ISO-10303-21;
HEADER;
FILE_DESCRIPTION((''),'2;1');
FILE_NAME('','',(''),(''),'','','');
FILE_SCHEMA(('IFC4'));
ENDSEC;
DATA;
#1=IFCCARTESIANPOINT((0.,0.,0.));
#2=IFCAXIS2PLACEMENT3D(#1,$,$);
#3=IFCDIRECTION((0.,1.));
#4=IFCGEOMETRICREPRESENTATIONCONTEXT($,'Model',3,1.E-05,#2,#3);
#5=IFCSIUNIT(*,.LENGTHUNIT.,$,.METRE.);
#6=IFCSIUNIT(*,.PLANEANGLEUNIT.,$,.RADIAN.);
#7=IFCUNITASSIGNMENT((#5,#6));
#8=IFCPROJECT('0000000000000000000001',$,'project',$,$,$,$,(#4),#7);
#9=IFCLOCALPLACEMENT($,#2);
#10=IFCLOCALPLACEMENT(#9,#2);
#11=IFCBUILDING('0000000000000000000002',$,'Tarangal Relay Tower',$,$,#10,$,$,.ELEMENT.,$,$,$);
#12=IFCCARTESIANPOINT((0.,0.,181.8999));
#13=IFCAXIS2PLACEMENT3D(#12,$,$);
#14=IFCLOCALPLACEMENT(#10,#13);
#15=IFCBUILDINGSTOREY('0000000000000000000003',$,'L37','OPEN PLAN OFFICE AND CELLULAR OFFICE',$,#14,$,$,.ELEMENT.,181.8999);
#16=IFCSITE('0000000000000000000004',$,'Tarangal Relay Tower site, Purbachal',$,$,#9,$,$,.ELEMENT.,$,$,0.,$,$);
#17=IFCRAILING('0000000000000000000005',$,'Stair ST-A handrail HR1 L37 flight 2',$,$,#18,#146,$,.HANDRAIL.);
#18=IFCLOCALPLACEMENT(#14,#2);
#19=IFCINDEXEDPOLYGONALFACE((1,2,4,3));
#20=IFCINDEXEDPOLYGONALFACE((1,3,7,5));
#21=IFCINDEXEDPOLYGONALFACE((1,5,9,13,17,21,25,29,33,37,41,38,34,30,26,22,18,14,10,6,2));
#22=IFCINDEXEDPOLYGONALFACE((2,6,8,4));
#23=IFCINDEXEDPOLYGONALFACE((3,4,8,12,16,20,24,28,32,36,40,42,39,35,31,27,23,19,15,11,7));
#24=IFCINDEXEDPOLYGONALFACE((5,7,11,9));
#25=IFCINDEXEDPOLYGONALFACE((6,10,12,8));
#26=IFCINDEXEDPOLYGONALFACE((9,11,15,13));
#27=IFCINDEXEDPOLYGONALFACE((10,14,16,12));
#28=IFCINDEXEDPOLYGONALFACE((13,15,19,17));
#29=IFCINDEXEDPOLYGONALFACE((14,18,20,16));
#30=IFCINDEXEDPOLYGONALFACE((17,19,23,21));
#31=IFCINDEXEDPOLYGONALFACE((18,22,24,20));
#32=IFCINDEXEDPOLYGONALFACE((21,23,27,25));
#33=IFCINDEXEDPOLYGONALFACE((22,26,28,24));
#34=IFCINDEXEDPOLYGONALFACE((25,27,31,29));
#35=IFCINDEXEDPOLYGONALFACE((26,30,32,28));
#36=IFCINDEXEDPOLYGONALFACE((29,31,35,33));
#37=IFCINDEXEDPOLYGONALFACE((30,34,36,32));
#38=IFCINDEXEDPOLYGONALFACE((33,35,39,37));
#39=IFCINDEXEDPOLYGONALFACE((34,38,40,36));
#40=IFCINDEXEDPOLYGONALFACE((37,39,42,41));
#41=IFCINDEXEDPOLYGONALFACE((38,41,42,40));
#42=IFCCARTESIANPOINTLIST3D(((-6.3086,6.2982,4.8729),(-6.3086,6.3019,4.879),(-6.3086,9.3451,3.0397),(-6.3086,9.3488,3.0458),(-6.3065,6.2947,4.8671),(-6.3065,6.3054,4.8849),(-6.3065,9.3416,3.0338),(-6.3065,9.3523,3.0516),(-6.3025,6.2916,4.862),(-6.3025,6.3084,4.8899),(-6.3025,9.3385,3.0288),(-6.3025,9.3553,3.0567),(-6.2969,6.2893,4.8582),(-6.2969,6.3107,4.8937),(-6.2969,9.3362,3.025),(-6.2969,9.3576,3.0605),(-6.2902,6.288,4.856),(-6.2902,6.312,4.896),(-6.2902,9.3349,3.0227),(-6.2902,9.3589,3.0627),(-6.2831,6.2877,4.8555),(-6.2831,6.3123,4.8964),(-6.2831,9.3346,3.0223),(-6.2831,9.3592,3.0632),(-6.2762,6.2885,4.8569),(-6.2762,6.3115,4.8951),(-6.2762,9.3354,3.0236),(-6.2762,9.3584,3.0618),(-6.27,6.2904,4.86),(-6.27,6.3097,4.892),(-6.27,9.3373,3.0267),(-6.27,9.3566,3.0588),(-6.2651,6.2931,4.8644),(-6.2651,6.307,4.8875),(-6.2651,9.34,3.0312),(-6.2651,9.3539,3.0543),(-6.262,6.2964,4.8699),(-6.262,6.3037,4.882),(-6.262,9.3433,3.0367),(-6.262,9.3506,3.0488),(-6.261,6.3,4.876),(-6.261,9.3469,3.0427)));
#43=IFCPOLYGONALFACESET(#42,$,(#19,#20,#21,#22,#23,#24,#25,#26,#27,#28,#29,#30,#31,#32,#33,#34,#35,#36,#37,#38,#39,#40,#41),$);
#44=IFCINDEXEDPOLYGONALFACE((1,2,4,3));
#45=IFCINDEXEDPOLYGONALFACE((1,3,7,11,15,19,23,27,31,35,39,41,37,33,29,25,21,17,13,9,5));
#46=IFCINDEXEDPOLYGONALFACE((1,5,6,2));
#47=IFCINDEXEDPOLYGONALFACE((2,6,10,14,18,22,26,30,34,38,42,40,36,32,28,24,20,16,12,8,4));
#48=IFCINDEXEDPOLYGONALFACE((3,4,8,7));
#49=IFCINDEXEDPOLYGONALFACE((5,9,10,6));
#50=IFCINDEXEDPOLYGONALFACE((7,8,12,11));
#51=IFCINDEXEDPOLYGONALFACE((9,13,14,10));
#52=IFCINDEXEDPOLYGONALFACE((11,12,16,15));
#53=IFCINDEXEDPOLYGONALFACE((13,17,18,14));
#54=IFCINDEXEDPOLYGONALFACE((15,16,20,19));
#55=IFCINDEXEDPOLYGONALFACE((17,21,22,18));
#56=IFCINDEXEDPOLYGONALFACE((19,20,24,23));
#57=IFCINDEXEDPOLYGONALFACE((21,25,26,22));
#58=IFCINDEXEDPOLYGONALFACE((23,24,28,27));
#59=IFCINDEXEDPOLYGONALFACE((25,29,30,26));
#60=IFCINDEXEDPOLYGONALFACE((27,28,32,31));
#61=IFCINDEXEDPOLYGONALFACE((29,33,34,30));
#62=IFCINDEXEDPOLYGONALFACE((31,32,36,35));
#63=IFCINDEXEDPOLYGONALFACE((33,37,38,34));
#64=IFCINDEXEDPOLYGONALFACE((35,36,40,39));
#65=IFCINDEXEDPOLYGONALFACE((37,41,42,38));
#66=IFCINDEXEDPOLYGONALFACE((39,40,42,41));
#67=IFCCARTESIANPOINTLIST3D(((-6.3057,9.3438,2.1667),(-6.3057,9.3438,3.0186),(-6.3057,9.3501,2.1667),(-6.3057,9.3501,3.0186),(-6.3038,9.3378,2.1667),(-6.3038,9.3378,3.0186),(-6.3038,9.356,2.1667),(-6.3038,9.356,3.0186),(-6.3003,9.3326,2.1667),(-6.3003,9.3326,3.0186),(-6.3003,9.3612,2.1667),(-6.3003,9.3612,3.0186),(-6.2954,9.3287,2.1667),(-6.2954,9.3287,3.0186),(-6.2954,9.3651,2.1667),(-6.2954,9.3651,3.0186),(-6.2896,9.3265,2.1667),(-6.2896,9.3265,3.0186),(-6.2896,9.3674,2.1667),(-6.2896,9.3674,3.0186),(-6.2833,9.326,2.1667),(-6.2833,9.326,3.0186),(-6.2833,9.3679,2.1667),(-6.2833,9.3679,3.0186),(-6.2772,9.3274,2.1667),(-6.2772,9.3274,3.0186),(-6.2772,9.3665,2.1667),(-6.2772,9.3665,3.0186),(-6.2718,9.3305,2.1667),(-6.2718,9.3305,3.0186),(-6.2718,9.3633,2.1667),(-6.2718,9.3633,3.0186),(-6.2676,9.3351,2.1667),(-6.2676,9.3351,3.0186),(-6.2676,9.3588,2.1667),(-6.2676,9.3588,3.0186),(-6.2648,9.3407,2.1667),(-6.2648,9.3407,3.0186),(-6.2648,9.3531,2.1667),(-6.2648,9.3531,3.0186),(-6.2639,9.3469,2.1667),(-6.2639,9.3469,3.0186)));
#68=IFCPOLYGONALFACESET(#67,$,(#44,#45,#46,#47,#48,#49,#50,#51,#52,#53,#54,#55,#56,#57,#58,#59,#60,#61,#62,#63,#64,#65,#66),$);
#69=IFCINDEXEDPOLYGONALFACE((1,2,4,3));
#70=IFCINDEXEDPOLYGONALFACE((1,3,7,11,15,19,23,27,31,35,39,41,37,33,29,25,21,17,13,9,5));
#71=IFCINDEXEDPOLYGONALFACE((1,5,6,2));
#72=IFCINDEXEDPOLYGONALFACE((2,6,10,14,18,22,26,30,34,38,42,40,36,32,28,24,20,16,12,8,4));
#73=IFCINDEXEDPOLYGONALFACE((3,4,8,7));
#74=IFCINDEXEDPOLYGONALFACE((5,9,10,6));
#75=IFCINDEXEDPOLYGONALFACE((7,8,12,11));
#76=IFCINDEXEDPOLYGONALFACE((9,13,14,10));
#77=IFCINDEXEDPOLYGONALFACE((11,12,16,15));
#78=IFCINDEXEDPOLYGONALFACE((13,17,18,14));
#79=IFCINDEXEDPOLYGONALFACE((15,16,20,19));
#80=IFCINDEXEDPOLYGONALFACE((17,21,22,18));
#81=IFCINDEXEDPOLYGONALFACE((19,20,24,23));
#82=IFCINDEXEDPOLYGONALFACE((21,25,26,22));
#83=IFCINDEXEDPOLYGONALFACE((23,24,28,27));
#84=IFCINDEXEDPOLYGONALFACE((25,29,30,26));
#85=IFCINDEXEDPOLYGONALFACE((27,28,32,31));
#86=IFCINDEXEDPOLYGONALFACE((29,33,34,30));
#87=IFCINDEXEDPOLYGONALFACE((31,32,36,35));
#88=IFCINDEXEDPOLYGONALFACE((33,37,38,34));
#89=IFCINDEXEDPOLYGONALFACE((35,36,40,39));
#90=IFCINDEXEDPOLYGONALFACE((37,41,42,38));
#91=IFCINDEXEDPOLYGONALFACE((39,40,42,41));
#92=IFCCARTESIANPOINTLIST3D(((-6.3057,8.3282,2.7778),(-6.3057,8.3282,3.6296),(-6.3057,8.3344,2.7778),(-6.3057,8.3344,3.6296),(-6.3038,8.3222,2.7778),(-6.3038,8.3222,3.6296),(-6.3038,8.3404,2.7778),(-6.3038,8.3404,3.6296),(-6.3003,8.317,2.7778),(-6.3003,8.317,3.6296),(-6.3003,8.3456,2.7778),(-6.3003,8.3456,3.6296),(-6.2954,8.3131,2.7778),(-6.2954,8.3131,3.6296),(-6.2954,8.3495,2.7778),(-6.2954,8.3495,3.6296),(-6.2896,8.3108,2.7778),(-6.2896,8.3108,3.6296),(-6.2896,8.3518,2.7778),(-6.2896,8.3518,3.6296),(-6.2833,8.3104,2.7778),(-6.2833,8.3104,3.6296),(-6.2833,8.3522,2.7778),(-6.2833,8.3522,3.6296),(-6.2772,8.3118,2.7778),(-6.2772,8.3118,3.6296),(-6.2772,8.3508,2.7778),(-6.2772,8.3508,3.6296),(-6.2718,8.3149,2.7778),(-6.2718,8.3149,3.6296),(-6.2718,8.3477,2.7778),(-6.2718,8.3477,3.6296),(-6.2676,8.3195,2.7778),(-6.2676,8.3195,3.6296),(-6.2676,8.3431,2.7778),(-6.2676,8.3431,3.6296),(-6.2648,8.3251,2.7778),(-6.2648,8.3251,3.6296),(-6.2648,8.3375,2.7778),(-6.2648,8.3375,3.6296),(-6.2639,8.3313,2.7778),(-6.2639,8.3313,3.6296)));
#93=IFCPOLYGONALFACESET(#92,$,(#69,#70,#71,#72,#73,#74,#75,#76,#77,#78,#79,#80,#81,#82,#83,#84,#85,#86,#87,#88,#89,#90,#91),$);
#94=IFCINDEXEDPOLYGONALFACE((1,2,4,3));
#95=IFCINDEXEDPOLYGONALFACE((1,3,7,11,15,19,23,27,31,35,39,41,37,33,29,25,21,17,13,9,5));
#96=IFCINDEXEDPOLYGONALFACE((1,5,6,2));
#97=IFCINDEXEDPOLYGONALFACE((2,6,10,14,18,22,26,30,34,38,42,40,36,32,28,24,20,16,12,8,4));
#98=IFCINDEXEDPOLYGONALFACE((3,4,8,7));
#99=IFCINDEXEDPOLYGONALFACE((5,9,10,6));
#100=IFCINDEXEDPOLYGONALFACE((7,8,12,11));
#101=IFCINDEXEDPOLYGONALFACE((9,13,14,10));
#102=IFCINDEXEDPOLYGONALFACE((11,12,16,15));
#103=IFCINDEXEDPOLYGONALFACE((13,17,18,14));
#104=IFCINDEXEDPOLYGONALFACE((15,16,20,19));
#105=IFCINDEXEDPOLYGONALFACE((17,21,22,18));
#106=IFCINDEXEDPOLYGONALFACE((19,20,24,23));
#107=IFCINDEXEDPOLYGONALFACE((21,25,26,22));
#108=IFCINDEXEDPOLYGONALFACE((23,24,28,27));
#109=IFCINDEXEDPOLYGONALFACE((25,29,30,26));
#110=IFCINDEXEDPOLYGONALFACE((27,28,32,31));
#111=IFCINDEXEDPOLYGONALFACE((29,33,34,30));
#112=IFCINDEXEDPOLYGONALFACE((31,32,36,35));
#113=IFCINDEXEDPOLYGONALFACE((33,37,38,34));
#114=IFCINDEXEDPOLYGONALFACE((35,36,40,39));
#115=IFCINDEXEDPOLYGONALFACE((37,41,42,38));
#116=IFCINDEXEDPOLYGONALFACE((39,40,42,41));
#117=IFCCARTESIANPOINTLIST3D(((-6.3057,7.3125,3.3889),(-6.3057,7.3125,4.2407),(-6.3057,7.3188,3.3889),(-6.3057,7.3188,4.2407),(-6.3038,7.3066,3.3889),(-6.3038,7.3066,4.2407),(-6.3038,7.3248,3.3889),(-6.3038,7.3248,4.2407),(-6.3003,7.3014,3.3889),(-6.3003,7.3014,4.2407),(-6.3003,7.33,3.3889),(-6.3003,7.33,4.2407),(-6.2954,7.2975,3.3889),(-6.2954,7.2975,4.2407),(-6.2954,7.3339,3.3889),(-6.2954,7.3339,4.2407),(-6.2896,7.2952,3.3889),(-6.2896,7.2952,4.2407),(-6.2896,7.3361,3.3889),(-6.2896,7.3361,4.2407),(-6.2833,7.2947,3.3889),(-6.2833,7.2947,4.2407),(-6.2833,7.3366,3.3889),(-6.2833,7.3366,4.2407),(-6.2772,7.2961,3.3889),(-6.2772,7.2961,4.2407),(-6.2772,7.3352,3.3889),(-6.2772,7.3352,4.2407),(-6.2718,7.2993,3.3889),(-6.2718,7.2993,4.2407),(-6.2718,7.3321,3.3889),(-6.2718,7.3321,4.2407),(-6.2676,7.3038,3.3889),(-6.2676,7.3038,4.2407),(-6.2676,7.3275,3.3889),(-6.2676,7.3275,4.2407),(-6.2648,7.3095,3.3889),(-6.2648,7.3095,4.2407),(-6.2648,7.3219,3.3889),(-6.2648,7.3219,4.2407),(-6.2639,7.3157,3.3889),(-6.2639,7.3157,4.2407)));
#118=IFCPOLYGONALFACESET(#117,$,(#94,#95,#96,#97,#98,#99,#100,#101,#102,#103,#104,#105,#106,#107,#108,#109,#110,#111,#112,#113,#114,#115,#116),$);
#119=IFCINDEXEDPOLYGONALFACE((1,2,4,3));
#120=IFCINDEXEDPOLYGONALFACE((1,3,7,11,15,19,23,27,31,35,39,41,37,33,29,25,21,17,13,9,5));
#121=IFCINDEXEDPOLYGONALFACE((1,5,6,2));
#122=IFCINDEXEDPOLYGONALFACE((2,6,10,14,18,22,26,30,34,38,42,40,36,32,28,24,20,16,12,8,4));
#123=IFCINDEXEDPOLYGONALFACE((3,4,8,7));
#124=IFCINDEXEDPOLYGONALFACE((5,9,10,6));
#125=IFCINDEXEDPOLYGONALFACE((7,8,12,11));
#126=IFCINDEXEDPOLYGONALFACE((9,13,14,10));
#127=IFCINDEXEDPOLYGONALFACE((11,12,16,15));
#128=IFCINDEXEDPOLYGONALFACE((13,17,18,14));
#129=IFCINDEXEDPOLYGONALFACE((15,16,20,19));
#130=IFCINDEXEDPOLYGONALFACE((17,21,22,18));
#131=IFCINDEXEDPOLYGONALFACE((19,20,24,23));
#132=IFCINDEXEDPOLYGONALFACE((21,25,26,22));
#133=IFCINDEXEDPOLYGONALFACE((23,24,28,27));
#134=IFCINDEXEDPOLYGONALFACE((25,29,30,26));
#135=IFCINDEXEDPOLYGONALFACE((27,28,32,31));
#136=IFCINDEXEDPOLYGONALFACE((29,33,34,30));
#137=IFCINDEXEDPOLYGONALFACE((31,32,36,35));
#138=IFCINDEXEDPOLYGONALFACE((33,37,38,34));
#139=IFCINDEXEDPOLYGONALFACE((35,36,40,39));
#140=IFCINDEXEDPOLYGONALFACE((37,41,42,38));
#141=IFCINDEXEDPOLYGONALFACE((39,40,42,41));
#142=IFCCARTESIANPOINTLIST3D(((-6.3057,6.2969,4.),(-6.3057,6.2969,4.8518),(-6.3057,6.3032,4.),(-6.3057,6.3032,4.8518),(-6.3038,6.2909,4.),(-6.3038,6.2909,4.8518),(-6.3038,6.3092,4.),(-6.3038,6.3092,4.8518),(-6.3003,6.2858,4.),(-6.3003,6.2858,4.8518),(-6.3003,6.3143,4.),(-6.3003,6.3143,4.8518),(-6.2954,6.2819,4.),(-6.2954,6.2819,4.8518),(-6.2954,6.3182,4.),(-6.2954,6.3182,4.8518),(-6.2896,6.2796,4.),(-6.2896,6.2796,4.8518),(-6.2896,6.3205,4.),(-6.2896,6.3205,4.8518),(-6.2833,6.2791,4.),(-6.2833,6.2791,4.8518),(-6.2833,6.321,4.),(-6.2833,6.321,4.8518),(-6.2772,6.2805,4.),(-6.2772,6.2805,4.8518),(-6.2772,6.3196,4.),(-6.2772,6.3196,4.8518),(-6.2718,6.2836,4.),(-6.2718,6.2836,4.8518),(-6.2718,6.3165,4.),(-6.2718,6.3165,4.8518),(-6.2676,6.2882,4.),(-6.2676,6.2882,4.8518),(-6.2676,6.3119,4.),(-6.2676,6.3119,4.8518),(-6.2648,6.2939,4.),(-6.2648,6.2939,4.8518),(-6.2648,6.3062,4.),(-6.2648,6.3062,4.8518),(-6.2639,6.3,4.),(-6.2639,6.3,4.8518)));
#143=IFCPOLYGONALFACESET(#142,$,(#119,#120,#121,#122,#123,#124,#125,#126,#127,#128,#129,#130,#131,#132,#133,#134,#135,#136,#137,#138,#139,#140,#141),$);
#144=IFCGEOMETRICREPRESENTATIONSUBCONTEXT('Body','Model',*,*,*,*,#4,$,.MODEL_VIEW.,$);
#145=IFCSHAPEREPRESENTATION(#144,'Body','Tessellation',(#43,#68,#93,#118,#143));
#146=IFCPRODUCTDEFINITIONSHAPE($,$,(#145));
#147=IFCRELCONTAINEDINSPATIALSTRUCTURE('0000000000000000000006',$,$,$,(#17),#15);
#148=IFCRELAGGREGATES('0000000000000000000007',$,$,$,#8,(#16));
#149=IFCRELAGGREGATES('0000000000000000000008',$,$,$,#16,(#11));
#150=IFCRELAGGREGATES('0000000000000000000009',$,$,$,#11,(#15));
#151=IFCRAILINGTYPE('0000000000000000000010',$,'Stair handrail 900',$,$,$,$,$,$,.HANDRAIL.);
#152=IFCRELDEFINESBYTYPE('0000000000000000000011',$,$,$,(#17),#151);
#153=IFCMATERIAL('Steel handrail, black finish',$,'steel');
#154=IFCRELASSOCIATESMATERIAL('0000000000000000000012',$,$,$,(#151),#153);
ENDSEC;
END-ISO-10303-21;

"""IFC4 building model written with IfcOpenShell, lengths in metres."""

from ifc_helpers import new_model, si_unit, direction, frame, origin, origin_2d, place, context, subcontext, project, spatial, circle, extrude, material, type_object, element, save


model = new_model("IFC4")

# Units and contexts
model_context = context("Model", 3, precision=1e-05, world=origin(), true_north=direction((0.0, 1.0)))
body_context = subcontext(model_context, "Body", "Model", "MODEL_VIEW")
ifc_project = project(units=[si_unit("LENGTHUNIT", "METRE"), si_unit("PLANEANGLEUNIT", "RADIAN")], contexts=[model_context])

# Site, building, storey
site_placement = place(None, origin())
site = spatial("IfcSite", under=ifc_project, at=site_placement, Name="Tarangal Relay Tower site, Purbachal", CompositionType="ELEMENT", RefElevation=0.0)
building_placement = place(site_placement, origin())
building = spatial("IfcBuilding", under=site, at=building_placement, Name="Tarangal Relay Tower", CompositionType="ELEMENT")
storey_placement = place(building_placement, frame((0.0, 0.0, 181.8999)))
storey = spatial("IfcBuildingStorey", under=building, at=storey_placement, Name="L37", Description="OPEN PLAN OFFICE AND CELLULAR OFFICE", CompositionType="ELEMENT", Elevation=181.8999)

# Railing
ifc_material_1 = material(Name="Steel handrail, black finish", Category="steel")
railing_type_1 = type_object("IfcRailingType", Name="Stair handrail 900", PredefinedType="HANDRAIL", material=ifc_material_1)
railing_1_placement = place(storey_placement, frame((-6.2849, 9.3469, 2.1667)))
element("IfcRailing", 1, at=railing_1_placement, inside=storey, type_object=railing_type_1, Name="Stair ST-A handrail HR1 L37 flight 2", PredefinedType="HANDRAIL", context=body_context, shape_type="SweptSolid", body=[
    extrude(circle(Radius=0.0239, at=origin_2d()), frame((0.0, 0.0, 0.876), z_axis=(0.0, -0.856856, 0.515556), x_axis=(1.0, 0.0, 0.0)), (0.0, 0.0, 1.0), 3.5559),
    extrude(circle(Radius=0.021, at=origin_2d()), origin(), (0.0, 0.0, 1.0), 0.8518),
    extrude(circle(Radius=0.021, at=origin_2d()), frame((0.0, -1.0156, 0.6111)), (0.0, 0.0, 1.0), 0.8518),
    extrude(circle(Radius=0.021, at=origin_2d()), frame((0.0, -2.0312, 1.2222)), (0.0, 0.0, 1.0), 0.8518),
    extrude(circle(Radius=0.021, at=origin_2d()), frame((0.0, -3.0469, 1.8333)), (0.0, 0.0, 1.0), 0.8518),
])

save(model, "model.ifc")
